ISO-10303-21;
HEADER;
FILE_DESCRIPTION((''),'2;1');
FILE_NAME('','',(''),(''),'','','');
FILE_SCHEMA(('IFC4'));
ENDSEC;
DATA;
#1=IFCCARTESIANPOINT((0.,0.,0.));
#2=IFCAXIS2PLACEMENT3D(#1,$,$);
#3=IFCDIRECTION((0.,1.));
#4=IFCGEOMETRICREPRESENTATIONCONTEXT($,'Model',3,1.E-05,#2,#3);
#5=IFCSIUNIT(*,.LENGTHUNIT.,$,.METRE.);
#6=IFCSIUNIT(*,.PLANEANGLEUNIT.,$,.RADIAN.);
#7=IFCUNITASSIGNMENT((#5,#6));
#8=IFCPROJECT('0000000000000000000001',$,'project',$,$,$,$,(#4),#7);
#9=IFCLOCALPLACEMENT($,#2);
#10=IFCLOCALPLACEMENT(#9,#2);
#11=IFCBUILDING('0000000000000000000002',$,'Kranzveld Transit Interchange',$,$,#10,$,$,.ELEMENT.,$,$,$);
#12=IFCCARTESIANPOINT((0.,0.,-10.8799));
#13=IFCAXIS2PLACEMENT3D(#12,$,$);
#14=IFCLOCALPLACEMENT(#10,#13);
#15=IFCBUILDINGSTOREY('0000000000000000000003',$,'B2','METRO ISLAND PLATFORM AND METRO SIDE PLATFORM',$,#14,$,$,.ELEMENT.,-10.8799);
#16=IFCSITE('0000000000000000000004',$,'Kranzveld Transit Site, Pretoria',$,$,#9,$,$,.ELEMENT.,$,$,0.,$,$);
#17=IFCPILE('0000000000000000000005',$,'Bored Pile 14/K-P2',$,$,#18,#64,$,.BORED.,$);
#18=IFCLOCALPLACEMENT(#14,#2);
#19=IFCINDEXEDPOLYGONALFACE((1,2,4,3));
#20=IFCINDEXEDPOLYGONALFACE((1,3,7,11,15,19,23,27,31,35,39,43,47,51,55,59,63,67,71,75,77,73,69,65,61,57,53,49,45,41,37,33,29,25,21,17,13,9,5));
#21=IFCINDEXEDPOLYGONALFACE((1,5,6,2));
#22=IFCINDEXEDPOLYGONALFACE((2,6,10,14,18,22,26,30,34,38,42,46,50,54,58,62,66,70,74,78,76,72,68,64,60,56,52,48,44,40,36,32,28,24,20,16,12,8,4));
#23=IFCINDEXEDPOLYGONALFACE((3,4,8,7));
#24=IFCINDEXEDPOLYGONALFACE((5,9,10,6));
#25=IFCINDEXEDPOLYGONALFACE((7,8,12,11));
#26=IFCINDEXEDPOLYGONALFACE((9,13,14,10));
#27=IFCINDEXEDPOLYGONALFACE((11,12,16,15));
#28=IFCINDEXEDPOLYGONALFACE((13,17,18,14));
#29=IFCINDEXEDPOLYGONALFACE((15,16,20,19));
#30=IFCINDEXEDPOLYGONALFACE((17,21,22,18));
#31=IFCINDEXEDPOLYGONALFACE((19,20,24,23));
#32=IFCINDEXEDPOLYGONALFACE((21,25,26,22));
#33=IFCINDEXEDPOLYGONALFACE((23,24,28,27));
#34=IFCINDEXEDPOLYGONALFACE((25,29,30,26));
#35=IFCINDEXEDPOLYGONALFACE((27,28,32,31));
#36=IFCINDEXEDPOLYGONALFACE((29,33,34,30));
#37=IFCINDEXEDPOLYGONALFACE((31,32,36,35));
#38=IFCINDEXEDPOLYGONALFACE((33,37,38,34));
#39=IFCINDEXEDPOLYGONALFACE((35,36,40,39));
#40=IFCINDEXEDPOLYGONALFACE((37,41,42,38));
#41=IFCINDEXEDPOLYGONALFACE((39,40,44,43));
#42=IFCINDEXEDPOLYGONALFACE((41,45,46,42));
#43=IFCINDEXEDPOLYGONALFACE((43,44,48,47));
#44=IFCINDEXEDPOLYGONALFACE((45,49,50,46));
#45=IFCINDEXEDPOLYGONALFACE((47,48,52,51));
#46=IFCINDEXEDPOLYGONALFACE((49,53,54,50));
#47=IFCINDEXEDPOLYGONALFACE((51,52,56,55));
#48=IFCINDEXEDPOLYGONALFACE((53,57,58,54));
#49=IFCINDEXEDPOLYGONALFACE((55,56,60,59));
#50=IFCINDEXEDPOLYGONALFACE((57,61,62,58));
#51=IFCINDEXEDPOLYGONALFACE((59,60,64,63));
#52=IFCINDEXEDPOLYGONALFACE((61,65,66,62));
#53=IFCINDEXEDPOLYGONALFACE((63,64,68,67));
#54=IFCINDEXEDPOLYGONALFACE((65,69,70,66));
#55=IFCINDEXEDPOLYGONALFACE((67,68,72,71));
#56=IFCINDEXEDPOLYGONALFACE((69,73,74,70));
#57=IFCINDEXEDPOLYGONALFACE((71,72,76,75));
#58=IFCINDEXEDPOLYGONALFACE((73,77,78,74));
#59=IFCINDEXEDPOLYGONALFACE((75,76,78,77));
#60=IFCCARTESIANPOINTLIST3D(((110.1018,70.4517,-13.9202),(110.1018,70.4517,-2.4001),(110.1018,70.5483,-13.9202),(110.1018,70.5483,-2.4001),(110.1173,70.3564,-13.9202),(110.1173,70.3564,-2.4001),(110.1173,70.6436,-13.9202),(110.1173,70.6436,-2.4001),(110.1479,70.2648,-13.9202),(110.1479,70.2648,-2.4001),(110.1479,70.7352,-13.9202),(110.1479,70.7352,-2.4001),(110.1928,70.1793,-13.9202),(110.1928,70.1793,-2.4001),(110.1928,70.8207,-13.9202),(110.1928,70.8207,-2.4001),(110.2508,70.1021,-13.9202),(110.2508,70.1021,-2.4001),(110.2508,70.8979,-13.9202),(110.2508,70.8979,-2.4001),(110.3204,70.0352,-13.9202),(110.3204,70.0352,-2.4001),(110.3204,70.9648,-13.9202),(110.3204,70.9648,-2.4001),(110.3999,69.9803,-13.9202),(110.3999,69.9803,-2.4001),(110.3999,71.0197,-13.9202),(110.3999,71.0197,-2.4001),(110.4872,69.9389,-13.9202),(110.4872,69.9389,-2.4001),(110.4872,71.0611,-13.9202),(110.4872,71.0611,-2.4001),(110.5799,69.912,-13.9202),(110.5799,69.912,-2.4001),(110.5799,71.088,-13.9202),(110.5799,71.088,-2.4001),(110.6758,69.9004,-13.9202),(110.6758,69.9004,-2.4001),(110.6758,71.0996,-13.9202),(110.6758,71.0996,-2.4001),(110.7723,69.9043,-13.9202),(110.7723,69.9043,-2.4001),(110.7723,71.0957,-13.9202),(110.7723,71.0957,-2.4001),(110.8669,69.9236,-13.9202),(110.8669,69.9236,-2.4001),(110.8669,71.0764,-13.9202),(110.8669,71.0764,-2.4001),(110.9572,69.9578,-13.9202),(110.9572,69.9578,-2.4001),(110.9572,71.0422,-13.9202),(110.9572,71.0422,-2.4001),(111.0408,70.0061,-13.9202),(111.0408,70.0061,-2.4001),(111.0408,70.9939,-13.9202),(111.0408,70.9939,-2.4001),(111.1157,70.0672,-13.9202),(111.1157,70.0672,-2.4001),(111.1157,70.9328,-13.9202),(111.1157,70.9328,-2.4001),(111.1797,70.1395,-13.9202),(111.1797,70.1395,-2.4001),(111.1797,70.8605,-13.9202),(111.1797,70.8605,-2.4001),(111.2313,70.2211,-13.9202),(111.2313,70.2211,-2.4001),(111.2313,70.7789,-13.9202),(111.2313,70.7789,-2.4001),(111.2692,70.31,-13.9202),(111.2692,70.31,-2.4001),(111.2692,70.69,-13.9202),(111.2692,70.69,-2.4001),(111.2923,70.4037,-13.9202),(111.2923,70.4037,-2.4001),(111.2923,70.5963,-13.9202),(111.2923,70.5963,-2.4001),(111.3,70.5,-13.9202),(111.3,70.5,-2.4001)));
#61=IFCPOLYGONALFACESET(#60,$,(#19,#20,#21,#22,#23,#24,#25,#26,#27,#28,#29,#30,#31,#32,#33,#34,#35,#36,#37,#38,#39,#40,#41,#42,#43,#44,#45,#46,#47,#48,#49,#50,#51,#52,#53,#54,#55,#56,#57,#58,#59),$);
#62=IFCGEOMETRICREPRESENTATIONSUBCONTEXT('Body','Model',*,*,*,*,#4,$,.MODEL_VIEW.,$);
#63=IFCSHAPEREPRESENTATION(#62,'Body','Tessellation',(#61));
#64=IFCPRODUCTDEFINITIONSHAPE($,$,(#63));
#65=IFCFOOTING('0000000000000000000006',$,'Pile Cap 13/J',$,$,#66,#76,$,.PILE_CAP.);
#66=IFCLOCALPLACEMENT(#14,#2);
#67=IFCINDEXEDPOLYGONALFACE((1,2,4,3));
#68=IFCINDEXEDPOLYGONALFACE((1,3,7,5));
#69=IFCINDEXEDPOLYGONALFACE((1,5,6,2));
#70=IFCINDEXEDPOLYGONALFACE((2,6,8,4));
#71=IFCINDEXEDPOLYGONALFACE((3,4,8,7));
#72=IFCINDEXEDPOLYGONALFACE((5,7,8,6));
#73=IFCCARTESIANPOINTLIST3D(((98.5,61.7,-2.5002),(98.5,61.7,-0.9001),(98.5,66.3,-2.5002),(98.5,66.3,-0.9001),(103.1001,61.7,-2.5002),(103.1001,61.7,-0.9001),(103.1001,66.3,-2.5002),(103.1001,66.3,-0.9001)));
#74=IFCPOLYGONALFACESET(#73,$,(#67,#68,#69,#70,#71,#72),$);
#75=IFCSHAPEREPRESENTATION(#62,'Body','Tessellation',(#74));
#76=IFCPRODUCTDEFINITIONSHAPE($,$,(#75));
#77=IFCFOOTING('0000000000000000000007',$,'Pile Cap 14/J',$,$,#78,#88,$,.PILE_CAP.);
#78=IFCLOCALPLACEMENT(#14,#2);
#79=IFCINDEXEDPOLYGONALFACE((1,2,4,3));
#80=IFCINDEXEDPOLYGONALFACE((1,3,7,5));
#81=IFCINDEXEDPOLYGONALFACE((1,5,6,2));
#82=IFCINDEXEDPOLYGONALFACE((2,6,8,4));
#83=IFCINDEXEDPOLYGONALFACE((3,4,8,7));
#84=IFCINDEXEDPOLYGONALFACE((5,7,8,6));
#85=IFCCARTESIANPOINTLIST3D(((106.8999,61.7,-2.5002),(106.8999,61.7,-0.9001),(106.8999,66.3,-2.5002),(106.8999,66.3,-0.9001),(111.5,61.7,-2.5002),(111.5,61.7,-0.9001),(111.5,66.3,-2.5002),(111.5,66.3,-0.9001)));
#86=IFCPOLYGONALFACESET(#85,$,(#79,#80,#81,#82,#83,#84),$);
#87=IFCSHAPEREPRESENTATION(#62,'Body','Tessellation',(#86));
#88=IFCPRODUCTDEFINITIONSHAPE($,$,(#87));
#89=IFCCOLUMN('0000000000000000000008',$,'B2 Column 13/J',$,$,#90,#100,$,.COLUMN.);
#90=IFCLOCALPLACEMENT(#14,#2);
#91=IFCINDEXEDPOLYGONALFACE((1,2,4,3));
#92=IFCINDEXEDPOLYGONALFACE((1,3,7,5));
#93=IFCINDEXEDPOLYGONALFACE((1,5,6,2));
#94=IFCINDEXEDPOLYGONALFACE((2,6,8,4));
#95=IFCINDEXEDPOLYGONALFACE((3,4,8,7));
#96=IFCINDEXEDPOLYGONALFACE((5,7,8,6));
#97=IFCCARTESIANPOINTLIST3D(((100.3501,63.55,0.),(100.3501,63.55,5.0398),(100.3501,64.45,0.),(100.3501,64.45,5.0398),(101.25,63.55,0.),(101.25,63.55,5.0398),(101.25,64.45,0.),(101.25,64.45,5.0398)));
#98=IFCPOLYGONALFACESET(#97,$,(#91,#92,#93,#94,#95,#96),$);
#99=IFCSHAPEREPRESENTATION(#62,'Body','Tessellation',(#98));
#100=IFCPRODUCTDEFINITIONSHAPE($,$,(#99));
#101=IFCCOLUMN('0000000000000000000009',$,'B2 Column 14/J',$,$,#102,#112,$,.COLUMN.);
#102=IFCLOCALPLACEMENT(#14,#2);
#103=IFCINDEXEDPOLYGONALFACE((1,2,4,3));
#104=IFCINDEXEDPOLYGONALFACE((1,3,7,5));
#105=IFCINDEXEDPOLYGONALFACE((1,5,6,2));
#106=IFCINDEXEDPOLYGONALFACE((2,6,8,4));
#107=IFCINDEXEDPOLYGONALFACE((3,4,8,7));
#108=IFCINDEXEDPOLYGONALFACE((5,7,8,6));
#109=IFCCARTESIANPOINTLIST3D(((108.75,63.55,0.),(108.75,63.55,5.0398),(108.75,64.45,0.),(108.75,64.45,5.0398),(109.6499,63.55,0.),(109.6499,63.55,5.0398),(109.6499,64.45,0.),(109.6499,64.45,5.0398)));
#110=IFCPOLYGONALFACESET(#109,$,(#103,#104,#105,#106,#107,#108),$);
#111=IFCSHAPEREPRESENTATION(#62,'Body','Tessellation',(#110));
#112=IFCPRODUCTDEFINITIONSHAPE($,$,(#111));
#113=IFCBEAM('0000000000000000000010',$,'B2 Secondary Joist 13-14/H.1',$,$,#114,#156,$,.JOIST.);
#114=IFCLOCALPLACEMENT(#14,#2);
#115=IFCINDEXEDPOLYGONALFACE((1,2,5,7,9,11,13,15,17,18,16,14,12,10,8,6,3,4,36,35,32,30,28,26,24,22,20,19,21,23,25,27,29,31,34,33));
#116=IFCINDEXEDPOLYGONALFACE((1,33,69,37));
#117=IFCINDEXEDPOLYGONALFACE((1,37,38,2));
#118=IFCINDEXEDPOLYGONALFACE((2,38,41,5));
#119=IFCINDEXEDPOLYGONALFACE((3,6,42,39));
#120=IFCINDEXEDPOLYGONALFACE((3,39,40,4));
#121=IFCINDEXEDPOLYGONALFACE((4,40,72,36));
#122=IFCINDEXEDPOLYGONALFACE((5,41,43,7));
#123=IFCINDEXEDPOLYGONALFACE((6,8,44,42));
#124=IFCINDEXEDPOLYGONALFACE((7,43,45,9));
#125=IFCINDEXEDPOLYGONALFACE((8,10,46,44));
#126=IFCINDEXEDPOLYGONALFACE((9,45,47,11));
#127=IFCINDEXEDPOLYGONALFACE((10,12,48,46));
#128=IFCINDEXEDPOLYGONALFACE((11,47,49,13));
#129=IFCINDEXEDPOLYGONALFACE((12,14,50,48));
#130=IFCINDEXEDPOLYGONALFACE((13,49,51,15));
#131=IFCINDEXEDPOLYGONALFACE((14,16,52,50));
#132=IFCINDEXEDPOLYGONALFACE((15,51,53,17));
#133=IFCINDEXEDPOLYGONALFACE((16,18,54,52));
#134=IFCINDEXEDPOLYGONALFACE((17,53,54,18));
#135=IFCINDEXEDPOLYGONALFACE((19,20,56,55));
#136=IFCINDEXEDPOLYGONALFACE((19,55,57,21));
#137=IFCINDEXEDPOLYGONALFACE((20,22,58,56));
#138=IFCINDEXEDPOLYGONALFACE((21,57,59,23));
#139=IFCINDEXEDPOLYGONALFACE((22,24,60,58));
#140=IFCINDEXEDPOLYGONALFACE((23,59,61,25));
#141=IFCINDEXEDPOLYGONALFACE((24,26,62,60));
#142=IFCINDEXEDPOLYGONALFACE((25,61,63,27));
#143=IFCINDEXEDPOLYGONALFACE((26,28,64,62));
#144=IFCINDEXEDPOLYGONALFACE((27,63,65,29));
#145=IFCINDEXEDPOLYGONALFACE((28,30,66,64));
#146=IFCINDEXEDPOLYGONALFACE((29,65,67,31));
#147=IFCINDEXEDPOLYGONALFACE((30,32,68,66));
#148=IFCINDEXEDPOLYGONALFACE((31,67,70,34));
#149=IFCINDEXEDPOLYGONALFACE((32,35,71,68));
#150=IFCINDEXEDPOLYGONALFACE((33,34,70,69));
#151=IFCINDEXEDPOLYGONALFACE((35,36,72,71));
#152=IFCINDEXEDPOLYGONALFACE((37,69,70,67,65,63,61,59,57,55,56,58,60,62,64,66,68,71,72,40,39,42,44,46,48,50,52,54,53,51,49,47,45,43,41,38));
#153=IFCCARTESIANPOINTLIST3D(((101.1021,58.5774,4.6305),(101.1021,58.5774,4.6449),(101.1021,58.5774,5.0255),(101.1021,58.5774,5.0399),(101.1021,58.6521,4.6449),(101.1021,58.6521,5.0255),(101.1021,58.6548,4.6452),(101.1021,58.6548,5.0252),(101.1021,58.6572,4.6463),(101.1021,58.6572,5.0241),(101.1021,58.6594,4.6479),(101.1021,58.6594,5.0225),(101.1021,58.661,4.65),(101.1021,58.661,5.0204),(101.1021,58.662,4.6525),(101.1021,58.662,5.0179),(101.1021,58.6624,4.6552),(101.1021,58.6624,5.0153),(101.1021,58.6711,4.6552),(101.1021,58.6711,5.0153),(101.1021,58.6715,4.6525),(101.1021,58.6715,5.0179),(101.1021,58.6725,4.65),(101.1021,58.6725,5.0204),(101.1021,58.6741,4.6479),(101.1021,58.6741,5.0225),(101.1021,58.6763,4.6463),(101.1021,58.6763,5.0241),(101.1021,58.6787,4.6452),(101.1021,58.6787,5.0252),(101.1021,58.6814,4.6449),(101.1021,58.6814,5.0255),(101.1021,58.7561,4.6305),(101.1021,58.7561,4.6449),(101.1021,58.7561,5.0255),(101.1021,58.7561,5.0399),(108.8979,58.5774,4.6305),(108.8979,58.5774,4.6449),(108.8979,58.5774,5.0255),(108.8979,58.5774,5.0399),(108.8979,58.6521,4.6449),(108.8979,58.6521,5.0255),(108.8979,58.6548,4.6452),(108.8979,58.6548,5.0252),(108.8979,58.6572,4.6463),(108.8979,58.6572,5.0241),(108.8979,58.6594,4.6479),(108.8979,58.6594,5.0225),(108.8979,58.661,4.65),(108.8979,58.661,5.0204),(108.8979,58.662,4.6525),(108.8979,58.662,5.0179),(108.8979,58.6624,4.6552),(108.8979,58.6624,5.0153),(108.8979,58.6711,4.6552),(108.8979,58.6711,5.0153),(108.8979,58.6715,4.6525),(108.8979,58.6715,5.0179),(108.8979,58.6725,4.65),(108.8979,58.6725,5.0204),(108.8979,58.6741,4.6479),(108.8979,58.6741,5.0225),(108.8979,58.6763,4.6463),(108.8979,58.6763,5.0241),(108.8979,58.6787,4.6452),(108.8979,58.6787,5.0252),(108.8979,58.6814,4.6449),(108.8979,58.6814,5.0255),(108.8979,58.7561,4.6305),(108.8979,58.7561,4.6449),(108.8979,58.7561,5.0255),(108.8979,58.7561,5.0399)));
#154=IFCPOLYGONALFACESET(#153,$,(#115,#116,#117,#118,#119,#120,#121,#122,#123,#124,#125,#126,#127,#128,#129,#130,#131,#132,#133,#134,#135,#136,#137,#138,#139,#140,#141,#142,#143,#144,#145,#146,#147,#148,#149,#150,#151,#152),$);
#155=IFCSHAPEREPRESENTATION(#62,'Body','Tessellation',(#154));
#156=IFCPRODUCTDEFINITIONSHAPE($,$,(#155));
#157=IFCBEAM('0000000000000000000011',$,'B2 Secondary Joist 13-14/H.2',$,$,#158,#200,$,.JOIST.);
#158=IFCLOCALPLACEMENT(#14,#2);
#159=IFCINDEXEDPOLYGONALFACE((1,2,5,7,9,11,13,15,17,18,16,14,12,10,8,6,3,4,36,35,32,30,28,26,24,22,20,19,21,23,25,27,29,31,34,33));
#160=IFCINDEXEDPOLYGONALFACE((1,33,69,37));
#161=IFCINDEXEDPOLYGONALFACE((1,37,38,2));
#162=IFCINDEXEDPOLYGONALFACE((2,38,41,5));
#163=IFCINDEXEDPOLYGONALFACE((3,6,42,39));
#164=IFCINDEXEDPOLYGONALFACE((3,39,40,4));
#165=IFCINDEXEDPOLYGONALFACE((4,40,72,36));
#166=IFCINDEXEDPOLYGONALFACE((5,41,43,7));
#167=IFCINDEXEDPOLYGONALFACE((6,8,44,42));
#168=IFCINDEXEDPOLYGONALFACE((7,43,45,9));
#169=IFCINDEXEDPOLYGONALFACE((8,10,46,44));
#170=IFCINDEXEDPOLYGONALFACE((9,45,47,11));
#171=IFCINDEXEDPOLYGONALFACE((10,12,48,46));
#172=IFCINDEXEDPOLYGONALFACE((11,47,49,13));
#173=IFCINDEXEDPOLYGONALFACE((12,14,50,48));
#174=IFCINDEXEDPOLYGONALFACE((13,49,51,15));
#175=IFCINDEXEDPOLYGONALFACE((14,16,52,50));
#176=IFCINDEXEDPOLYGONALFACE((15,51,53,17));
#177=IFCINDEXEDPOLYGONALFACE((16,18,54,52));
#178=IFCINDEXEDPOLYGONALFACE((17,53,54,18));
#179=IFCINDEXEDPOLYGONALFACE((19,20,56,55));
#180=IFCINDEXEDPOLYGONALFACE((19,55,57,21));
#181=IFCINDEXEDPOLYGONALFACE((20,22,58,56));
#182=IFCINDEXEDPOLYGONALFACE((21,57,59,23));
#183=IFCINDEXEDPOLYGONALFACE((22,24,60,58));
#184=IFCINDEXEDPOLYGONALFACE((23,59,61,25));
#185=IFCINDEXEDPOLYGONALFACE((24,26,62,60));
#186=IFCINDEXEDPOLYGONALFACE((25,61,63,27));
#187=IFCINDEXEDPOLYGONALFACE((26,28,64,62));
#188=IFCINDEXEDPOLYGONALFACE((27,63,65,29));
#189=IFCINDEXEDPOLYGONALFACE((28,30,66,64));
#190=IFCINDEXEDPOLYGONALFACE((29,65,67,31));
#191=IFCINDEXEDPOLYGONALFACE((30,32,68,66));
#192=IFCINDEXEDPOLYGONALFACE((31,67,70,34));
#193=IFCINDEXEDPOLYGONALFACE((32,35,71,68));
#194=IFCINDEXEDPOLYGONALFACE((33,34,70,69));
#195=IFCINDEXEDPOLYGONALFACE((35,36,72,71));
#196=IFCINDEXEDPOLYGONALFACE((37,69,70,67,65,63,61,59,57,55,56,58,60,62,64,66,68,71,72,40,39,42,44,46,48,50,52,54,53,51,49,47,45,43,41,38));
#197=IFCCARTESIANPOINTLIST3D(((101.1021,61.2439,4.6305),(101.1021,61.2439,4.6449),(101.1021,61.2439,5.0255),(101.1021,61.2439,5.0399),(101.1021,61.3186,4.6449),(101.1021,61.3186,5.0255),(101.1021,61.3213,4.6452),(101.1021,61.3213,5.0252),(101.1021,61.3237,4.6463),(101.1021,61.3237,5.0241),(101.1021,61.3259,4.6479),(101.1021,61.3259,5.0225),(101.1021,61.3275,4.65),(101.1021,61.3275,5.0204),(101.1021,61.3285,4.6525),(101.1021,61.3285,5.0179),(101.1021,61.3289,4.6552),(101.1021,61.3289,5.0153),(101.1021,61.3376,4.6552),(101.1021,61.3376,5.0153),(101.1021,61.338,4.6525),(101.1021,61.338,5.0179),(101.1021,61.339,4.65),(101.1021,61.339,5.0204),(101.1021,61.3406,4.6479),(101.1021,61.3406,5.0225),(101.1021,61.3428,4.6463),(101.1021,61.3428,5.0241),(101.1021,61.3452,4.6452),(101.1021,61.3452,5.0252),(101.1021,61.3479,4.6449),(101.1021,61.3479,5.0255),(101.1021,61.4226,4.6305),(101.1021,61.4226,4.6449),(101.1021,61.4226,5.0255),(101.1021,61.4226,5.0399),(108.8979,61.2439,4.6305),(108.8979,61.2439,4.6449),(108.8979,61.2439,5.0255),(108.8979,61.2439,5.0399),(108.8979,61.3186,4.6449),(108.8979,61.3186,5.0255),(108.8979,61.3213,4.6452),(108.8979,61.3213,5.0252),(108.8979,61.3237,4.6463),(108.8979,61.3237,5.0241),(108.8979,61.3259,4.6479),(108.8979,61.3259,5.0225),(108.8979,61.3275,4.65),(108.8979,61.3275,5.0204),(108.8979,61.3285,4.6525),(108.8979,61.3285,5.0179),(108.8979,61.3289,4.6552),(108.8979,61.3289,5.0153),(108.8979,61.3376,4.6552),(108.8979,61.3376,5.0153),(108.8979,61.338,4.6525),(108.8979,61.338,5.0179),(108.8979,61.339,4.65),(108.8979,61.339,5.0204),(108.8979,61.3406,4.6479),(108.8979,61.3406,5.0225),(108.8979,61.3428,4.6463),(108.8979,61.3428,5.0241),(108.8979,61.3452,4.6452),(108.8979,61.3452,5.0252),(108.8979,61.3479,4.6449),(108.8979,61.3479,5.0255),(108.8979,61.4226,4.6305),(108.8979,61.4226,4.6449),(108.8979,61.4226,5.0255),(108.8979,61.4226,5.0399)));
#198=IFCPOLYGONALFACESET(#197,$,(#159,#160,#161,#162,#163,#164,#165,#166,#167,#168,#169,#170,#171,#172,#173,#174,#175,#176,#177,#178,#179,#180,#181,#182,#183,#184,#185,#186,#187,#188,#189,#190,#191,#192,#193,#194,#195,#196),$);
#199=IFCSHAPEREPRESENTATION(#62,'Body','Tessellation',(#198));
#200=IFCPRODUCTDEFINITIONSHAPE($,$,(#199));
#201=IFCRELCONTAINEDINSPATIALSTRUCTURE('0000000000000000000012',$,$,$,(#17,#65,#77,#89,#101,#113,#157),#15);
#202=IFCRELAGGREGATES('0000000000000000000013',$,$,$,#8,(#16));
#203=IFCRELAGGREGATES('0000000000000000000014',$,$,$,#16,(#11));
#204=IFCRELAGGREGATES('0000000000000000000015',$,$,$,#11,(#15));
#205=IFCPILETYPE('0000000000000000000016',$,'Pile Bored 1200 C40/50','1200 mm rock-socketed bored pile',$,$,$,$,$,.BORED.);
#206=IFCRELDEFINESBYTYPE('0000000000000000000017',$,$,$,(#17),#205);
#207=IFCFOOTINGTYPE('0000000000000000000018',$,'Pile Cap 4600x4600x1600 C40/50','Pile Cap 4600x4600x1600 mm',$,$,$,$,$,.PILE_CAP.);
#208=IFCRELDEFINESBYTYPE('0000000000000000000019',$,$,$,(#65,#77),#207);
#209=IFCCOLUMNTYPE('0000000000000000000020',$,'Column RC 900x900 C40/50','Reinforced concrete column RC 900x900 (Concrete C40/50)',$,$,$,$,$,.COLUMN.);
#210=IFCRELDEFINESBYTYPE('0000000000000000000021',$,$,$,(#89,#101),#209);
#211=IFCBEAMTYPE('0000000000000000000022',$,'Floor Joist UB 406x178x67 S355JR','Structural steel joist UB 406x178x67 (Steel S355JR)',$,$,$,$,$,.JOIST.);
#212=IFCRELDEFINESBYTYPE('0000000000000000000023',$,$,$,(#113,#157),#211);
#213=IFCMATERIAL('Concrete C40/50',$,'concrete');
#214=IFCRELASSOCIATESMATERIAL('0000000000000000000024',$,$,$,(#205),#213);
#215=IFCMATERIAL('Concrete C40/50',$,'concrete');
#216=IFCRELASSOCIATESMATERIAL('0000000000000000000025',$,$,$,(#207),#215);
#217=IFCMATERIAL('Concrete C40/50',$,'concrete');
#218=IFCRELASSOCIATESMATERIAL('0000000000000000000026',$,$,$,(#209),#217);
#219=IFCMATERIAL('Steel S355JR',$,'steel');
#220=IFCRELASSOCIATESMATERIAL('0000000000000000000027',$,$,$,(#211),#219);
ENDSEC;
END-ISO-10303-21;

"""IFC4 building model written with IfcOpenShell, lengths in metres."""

from ifc_helpers import new_model, si_unit, direction, frame, origin, origin_2d, place, context, subcontext, project, spatial, rectangle, circle, i_section, extrude, material, material_profile, profile_set, type_object, element, save


model = new_model("IFC4")

# Units and contexts
model_context = context("Model", 3, precision=1e-05, world=origin(), true_north=direction((0.0, 1.0)))
body_context = subcontext(model_context, "Body", "Model", "MODEL_VIEW")
ifc_project = project(units=[si_unit("LENGTHUNIT", "METRE"), si_unit("PLANEANGLEUNIT", "RADIAN")], contexts=[model_context])

# Site, building, storey
site_placement = place(None, origin())
site = spatial("IfcSite", under=ifc_project, at=site_placement, Name="Kranzveld Transit Site, Pretoria", CompositionType="ELEMENT", RefElevation=0.0)
building_placement = place(site_placement, origin())
building = spatial("IfcBuilding", under=site, at=building_placement, Name="Kranzveld Transit Interchange", CompositionType="ELEMENT")
storey_placement = place(building_placement, frame((0.0, 0.0, -10.8799)))
storey = spatial("IfcBuildingStorey", under=building, at=storey_placement, Name="B2", Description="METRO ISLAND PLATFORM AND METRO SIDE PLATFORM", CompositionType="ELEMENT", Elevation=-10.8799)

# Pile
ifc_material_1 = material(Name="Concrete C40/50", Category="concrete")
ifc_material_profile_1 = material_profile(ifc_material_1, circle(Radius=0.6001, at=origin_2d()), Name="BORED PILE 1200")
ifc_profile_set_1 = profile_set([ifc_material_profile_1], Name="Concrete C40/50")
pile_type_1 = type_object("IfcPileType", Name="Pile Bored 1200 C40/50", Description="1200 mm rock-socketed bored pile", PredefinedType="BORED", material=ifc_profile_set_1)
for number, where, z_axis, x_axis, name in (
    (1, (110.7, 70.5, -2.4001), (0.0, 0.0, -1.0), (1.0, 0.0, 0.0), "Bored Pile 14/K-P2"),
):
    element("IfcPile", number, at=place(storey_placement, frame(where, z_axis=z_axis, x_axis=x_axis)), inside=storey, type_object=pile_type_1, Name=name, PredefinedType="BORED", context=body_context, shape_type="SweptSolid", body=[
        extrude(circle(Radius=0.6001, at=origin_2d()), origin(), (0.0, 0.0, 1.0), 11.52),
    ])

# Footings
ifc_material_2 = material(Name="Concrete C40/50", Category="concrete")
footing_type = type_object("IfcFootingType", Name="Pile Cap 4600x4600x1600 C40/50", Description="Pile Cap 4600x4600x1600 mm", PredefinedType="PILE_CAP", material=ifc_material_2)
for number, where, z_axis, x_axis, name in (
    (2, (100.8, 64.0, -2.5002), (0.0, 0.0, 1.0), (1.0, 0.0, 0.0), "Pile Cap 13/J"),
    (3, (109.2, 64.0, -2.5002), (0.0, 0.0, 1.0), (1.0, 0.0, 0.0), "Pile Cap 14/J"),
):
    element("IfcFooting", number, at=place(storey_placement, frame(where, z_axis=z_axis, x_axis=x_axis)), inside=storey, type_object=footing_type, Name=name, PredefinedType="PILE_CAP", context=body_context, shape_type="SweptSolid", body=[
        extrude(rectangle(XDim=4.6001, YDim=4.6001, at=origin_2d()), origin(), (0.0, 0.0, 1.0), 1.6001),
    ])

# Columns
ifc_material_3 = material(Name="Concrete C40/50", Category="concrete")
ifc_material_profile_2 = material_profile(ifc_material_3, rectangle(XDim=0.8999, YDim=0.8999, at=origin_2d()), Name="RC 900x900")
ifc_profile_set_2 = profile_set([ifc_material_profile_2], Name="Concrete C40/50")
column_type = type_object("IfcColumnType", Name="Column RC 900x900 C40/50", Description="Reinforced concrete column RC 900x900 (Concrete C40/50)", PredefinedType="COLUMN", material=ifc_profile_set_2)
for number, where, z_axis, x_axis, name in (
    (4, (100.8, 64.0, 0.0), (0.0, 0.0, 1.0), (1.0, 0.0, 0.0), "B2 Column 13/J"),
    (5, (109.2, 64.0, 0.0), (0.0, 0.0, 1.0), (1.0, 0.0, 0.0), "B2 Column 14/J"),
):
    element("IfcColumn", number, at=place(storey_placement, frame(where, z_axis=z_axis, x_axis=x_axis)), inside=storey, type_object=column_type, Name=name, PredefinedType="COLUMN", context=body_context, shape_type="SweptSolid", body=[
        extrude(rectangle(XDim=0.8999, YDim=0.8999, at=origin_2d()), origin(), (0.0, 0.0, 1.0), 5.0398),
    ])

# Beams
ifc_material_4 = material(Name="Steel S355JR", Category="steel")
ifc_material_profile_3 = material_profile(ifc_material_4, i_section(OverallWidth=0.1787, OverallDepth=0.4094, WebThickness=0.0088, FlangeThickness=0.0144, FilletRadius=0.0103, at=origin_2d()), Name="UB 406x178x67")
ifc_profile_set_3 = profile_set([ifc_material_profile_3], Name="Steel S355JR")
beam_type_1 = type_object("IfcBeamType", Name="Floor Joist UB 406x178x67 S355JR", Description="Structural steel joist UB 406x178x67 (Steel S355JR)", PredefinedType="JOIST", material=ifc_profile_set_3)
for number, where, z_axis, x_axis, name in (
    (6, (101.1021, 58.6667, 4.8352), (1.0, 0.0, 0.0), (0.0, 1.0, 0.0), "B2 Secondary Joist 13-14/H.1"),
    (7, (101.1021, 61.3333, 4.8352), (1.0, 0.0, 0.0), (0.0, 1.0, 0.0), "B2 Secondary Joist 13-14/H.2"),
):
    element("IfcBeam", number, at=place(storey_placement, frame(where, z_axis=z_axis, x_axis=x_axis)), inside=storey, type_object=beam_type_1, Name=name, PredefinedType="JOIST", context=body_context, shape_type="SweptSolid", body=[
        extrude(i_section(OverallWidth=0.1787, OverallDepth=0.4094, WebThickness=0.0088, FlangeThickness=0.0144, FilletRadius=0.0103, at=origin_2d()), origin(), (0.0, 0.0, 1.0), 7.7959),
    ])

save(model, "model.ifc")
